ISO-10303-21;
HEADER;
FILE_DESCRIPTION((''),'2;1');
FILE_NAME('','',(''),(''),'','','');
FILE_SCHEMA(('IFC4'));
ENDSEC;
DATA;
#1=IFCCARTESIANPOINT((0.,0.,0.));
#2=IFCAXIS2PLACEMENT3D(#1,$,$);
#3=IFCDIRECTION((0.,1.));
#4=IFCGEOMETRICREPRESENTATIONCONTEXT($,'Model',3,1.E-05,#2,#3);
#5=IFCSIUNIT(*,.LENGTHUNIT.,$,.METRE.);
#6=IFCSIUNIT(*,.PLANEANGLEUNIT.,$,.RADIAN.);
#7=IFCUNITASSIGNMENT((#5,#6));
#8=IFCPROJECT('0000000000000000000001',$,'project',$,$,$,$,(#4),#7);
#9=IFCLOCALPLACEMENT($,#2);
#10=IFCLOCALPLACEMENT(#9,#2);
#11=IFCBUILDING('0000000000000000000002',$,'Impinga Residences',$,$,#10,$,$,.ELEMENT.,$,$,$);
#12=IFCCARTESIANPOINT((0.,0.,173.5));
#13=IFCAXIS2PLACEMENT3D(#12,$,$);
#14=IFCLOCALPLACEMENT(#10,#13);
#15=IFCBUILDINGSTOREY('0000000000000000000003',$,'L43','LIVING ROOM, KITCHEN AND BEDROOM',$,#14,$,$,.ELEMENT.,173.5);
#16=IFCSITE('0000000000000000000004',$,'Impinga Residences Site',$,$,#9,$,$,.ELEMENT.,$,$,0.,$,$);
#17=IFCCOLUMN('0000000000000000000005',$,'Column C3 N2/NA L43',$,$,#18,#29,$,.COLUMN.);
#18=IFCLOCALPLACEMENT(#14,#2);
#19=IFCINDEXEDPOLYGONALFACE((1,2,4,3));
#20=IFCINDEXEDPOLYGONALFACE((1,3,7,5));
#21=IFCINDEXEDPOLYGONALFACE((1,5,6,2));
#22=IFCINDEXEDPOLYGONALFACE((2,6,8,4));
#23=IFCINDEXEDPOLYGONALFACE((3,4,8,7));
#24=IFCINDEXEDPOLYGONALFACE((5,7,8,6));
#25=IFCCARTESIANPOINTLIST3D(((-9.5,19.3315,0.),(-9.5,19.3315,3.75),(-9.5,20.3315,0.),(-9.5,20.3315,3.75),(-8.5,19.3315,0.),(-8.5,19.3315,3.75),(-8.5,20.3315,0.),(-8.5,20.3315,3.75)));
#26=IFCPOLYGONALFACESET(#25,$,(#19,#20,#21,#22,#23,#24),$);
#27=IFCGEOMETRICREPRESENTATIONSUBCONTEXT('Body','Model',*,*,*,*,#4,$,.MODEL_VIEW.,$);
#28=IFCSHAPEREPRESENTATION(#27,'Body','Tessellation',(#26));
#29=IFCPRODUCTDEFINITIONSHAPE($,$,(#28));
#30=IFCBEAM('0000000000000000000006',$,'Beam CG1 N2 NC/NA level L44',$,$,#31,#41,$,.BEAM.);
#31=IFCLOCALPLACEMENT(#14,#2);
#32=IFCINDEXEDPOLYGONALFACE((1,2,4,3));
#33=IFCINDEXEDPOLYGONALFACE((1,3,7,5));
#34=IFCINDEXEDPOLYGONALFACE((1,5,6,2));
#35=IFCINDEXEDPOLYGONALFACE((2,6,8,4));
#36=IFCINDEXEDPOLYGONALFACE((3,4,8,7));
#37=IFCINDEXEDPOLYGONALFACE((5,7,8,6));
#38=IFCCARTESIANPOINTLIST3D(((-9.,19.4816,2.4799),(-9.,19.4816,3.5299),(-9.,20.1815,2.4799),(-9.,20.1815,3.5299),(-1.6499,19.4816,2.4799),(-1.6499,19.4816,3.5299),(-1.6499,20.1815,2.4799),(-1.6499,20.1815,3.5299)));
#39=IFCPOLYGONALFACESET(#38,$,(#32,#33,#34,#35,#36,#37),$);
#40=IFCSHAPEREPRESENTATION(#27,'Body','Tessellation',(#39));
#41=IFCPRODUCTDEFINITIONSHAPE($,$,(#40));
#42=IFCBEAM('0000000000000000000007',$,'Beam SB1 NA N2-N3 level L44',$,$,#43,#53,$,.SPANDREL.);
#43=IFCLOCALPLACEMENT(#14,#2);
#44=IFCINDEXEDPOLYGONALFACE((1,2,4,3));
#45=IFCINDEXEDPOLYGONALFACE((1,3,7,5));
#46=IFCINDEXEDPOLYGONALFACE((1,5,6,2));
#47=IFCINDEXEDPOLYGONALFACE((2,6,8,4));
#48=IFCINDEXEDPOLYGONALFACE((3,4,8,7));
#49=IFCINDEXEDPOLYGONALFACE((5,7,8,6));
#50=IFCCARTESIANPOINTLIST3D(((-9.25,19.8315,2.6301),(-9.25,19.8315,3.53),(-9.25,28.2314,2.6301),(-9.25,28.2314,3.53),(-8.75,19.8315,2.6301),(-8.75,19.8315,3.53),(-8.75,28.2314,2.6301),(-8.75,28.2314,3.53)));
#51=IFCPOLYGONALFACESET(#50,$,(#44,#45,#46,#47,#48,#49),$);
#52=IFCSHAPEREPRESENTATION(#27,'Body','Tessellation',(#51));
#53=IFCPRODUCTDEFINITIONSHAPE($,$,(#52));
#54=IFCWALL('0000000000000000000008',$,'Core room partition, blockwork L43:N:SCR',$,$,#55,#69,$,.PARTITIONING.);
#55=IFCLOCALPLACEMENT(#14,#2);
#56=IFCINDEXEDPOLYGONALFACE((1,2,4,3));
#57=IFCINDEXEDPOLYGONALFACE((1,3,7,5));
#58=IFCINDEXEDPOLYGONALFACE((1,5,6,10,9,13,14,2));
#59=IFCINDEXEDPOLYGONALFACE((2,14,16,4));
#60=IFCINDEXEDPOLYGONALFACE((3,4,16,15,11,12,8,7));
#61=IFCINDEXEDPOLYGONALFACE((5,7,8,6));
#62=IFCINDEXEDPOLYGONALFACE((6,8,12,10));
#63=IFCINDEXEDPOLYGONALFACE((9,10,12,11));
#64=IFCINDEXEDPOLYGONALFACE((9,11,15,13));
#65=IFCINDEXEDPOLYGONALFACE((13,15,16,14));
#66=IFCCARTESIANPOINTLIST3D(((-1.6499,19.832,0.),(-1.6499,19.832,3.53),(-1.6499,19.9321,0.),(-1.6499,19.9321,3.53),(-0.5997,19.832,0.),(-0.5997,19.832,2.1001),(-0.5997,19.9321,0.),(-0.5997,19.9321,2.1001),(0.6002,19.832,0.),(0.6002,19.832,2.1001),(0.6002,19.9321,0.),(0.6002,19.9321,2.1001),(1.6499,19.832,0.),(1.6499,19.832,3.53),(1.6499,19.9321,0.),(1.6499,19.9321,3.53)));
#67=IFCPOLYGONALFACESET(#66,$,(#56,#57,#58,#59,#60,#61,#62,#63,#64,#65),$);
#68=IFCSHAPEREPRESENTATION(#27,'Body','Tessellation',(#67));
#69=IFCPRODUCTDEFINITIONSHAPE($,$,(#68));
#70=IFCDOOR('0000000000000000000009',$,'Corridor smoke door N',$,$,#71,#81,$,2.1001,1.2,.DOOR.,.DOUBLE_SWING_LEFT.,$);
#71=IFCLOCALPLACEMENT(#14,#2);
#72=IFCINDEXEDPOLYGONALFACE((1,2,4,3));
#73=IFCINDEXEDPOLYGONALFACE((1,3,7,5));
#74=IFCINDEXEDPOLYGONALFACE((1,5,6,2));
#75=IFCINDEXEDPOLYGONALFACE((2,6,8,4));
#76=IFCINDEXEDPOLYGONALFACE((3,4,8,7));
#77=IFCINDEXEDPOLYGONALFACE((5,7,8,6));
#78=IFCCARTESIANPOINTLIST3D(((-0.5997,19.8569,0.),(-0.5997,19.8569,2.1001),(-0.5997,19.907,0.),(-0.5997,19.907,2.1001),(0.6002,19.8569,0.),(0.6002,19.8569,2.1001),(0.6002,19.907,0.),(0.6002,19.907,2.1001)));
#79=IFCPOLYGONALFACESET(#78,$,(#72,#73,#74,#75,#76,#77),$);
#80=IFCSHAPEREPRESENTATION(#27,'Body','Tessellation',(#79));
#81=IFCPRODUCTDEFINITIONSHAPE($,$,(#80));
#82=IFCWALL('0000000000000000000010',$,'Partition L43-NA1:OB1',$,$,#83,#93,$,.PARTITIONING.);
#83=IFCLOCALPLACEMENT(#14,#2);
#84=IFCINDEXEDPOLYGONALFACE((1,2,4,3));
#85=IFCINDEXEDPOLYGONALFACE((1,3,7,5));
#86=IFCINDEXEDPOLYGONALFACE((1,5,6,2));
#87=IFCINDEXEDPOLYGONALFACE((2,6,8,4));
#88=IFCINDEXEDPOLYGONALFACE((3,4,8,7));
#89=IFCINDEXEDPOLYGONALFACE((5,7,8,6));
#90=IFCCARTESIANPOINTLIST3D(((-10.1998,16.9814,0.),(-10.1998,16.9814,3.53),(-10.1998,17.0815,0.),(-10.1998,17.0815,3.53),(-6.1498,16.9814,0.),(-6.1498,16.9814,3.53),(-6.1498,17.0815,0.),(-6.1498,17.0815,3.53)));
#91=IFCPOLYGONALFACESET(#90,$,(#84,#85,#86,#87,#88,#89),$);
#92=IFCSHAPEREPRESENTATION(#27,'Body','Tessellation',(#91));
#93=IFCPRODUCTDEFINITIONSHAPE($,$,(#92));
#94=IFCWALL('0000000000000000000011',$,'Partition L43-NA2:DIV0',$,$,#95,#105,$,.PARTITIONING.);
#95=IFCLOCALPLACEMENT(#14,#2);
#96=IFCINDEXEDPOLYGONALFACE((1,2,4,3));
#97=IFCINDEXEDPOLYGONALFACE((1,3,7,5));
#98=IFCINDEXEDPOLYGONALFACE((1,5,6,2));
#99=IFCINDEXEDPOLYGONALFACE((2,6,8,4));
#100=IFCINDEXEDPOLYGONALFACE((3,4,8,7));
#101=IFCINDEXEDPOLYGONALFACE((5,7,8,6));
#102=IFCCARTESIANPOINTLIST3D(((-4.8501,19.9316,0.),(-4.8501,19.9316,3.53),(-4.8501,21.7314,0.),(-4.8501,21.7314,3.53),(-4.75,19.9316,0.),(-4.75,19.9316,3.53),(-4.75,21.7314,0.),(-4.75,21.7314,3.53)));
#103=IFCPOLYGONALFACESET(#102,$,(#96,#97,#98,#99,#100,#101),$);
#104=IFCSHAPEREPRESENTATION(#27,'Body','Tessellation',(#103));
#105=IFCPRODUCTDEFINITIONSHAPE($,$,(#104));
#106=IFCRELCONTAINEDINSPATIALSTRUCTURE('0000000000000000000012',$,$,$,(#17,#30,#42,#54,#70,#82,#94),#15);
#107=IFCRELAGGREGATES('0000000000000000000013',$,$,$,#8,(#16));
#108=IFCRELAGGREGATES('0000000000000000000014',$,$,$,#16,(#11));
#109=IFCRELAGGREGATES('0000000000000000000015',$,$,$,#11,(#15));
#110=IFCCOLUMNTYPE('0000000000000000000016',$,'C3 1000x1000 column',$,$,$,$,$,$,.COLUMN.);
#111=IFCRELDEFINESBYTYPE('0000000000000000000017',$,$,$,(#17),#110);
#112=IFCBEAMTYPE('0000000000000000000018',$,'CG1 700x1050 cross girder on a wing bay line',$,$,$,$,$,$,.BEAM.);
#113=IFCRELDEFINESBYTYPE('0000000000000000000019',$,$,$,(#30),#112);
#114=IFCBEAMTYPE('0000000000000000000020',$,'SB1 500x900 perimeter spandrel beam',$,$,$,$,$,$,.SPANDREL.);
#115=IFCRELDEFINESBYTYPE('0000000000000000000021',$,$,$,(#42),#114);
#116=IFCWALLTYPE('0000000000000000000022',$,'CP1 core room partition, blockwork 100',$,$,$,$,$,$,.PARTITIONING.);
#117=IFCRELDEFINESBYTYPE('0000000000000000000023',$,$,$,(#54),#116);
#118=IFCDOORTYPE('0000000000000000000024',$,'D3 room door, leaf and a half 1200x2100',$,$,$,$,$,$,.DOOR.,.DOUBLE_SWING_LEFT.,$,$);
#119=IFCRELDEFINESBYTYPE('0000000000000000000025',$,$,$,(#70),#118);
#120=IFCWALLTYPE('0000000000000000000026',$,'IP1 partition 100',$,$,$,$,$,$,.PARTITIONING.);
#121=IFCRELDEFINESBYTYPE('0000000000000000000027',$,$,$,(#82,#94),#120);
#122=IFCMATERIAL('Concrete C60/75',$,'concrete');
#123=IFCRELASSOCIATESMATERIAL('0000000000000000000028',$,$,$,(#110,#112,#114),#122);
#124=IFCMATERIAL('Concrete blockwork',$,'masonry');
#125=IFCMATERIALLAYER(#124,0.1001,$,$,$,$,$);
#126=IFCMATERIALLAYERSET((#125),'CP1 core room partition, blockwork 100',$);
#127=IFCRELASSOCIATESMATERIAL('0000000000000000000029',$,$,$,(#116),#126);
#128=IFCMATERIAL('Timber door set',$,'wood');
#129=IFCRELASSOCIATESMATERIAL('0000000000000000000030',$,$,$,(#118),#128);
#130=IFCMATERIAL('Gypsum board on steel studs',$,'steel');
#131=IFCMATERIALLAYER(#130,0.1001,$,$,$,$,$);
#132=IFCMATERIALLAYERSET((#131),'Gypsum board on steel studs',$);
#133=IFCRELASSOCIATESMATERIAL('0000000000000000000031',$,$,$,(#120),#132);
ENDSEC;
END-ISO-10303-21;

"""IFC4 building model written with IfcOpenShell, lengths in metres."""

from ifc_helpers import new_model, si_unit, direction, frame, frame_2d, origin, origin_2d, place, context, subcontext, project, spatial, rectangle, extrude, material, layer, layer_set, material_profile, profile_set, type_object, element, fill, save


model = new_model("IFC4")

# Units and contexts
model_context = context("Model", 3, precision=1e-05, world=origin(), true_north=direction((0.0, 1.0)))
body_context = subcontext(model_context, "Body", "Model", "MODEL_VIEW")
ifc_project = project(units=[si_unit("LENGTHUNIT", "METRE"), si_unit("PLANEANGLEUNIT", "RADIAN")], contexts=[model_context])

# Site, building, storey
site_placement = place(None, origin())
site = spatial("IfcSite", under=ifc_project, at=site_placement, Name="Impinga Residences Site", CompositionType="ELEMENT", RefElevation=0.0)
building_placement = place(site_placement, origin())
building = spatial("IfcBuilding", under=site, at=building_placement, Name="Impinga Residences", CompositionType="ELEMENT")
storey_placement = place(building_placement, frame((0.0, 0.0, 173.5)))
storey = spatial("IfcBuildingStorey", under=building, at=storey_placement, Name="L43", Description="LIVING ROOM, KITCHEN AND BEDROOM", CompositionType="ELEMENT", Elevation=173.5)

# Column
ifc_material_1 = material(Name="Concrete C60/75", Category="concrete")
ifc_material_profile_1 = material_profile(ifc_material_1, rectangle(XDim=1.0, YDim=1.0, at=origin_2d()), Name="RC 1000x1000")
ifc_profile_set_1 = profile_set([ifc_material_profile_1], Name="Concrete C60/75")
column_type = type_object("IfcColumnType", Name="C3 1000x1000 column", PredefinedType="COLUMN", material=ifc_profile_set_1)
column_placement = place(storey_placement, frame((-9.0, 19.8315, 0.0), z_axis=(0.0, 0.0, 1.0), x_axis=(1.0, 0.0, 0.0)))
element("IfcColumn", 1, at=column_placement, inside=storey, type_object=column_type, Name="Column C3 N2/NA L43", PredefinedType="COLUMN", context=body_context, shape_type="SweptSolid", body=[
    extrude(rectangle(XDim=1.0, YDim=1.0, at=origin_2d()), origin(), (0.0, 0.0, 1.0), 3.75),
])

# Beams
ifc_material_profile_2 = material_profile(ifc_material_1, rectangle(XDim=0.7, YDim=1.05, at=origin_2d()), Name="RC 700x1050")
ifc_profile_set_2 = profile_set([ifc_material_profile_2], Name="Concrete C60/75")
beam_type_1 = type_object("IfcBeamType", Name="CG1 700x1050 cross girder on a wing bay line", PredefinedType="BEAM", material=ifc_profile_set_2)
beam_1_placement = place(storey_placement, frame((-1.6499, 19.8315, 3.0049), z_axis=(-1.0, 0.0, 0.0), x_axis=(0.0, -1.0, 0.0)))
element("IfcBeam", 2, at=beam_1_placement, inside=storey, type_object=beam_type_1, Name="Beam CG1 N2 NC/NA level L44", PredefinedType="BEAM", context=body_context, shape_type="SweptSolid", body=[
    extrude(rectangle(XDim=0.7, YDim=1.05, at=origin_2d()), origin(), (0.0, 0.0, 1.0), 7.3501),
])
ifc_material_profile_3 = material_profile(ifc_material_1, rectangle(XDim=0.5, YDim=0.8999, at=origin_2d()), Name="RC 500x900")
ifc_profile_set_3 = profile_set([ifc_material_profile_3], Name="Concrete C60/75")
beam_type_2 = type_object("IfcBeamType", Name="SB1 500x900 perimeter spandrel beam", PredefinedType="SPANDREL", material=ifc_profile_set_3)
beam_2_placement = place(storey_placement, frame((-9.0, 19.8315, 3.0801), z_axis=(0.0, 1.0, 0.0), x_axis=(-1.0, 0.0, 0.0)))
element("IfcBeam", 3, at=beam_2_placement, inside=storey, type_object=beam_type_2, Name="Beam SB1 NA N2-N3 level L44", PredefinedType="SPANDREL", context=body_context, shape_type="SweptSolid", body=[
    extrude(rectangle(XDim=0.5, YDim=0.8999, at=origin_2d()), origin(), (0.0, 0.0, 1.0), 8.3999),
])

# Wall, opening, door
ifc_material_2 = material(Name="Concrete blockwork", Category="masonry")
ifc_layer_1 = layer(ifc_material_2, 0.1001)
ifc_layer_set_1 = layer_set([ifc_layer_1], Name="CP1 core room partition, blockwork 100")
wall_type_1 = type_object("IfcWallType", Name="CP1 core room partition, blockwork 100", PredefinedType="PARTITIONING", material=ifc_layer_set_1)
wall_1_placement = place(storey_placement, frame((-1.6499, 19.8821, 0.0), z_axis=(0.0, 0.0, 1.0), x_axis=(1.0, 0.0, 0.0)))
wall_1 = element("IfcWall", 4, at=wall_1_placement, inside=storey, type_object=wall_type_1, Name="Core room partition, blockwork L43:N:SCR", PredefinedType="PARTITIONING", context=body_context, shape_type="SweptSolid", body=[
    extrude(rectangle(XDim=3.2998, YDim=0.1001, at=frame_2d((1.6499, 0.0))), origin(), (0.0, 0.0, 1.0), 3.53),
])
opening_1_placement = place(wall_1_placement, frame((1.05, 0.0, 0.0)))
opening_1 = element("IfcOpeningElement", 5, at=opening_1_placement, cuts=wall_1, PredefinedType="OPENING", context=body_context, shape_type="SweptSolid", body=[
    extrude(rectangle(XDim=1.2, YDim=2.1001, at=frame_2d((0.6001, 1.05))), frame((0.0, 0.0601, 0.0), z_axis=(0.0, -1.0, 0.0), x_axis=(1.0, 0.0, 0.0)), (0.0, 0.0, 1.0), 0.1201),
])
ifc_material_3 = material(Name="Timber door set", Category="wood")
door_type_1 = type_object("IfcDoorType", Name="D3 room door, leaf and a half 1200x2100", OperationType="DOUBLE_SWING_LEFT", PredefinedType="DOOR", material=ifc_material_3)
door_1_placement = place(opening_1_placement, origin())
door_1 = element("IfcDoor", 6, at=door_1_placement, inside=storey, type_object=door_type_1, Name="Corridor smoke door N", OperationType="DOUBLE_SWING_LEFT", OverallHeight=2.1001, OverallWidth=1.2, PredefinedType="DOOR", context=body_context, shape_type="SweptSolid", body=[
    extrude(rectangle(XDim=1.2, YDim=2.1001, at=frame_2d((0.6001, 1.05))), frame((0.0, 0.0249, 0.0), z_axis=(0.0, -1.0, 0.0), x_axis=(1.0, 0.0, 0.0)), (0.0, 0.0, 1.0), 0.05),
])
fill(opening_1, door_1)

# Walls
ifc_material_4 = material(Name="Gypsum board on steel studs", Category="steel")
ifc_layer_2 = layer(ifc_material_4, 0.1001)
ifc_layer_set_2 = layer_set([ifc_layer_2], Name="Gypsum board on steel studs")
wall_type_2 = type_object("IfcWallType", Name="IP1 partition 100", PredefinedType="PARTITIONING", material=ifc_layer_set_2)
wall_2_placement = place(storey_placement, frame((-6.1499, 17.0315, 0.0), z_axis=(0.0, 0.0, 1.0), x_axis=(-1.0, 0.0, 0.0)))
element("IfcWall", 7, at=wall_2_placement, inside=storey, type_object=wall_type_2, Name="Partition L43-NA1:OB1", PredefinedType="PARTITIONING", context=body_context, shape_type="SweptSolid", body=[
    extrude(rectangle(XDim=4.05, YDim=0.1001, at=frame_2d((2.0249, 0.0))), origin(), (0.0, 0.0, 1.0), 3.53),
])
wall_3_placement = place(storey_placement, frame((-4.8, 19.9316, 0.0), z_axis=(0.0, 0.0, 1.0), x_axis=(0.0, 1.0, 0.0)))
element("IfcWall", 8, at=wall_3_placement, inside=storey, type_object=wall_type_2, Name="Partition L43-NA2:DIV0", PredefinedType="PARTITIONING", context=body_context, shape_type="SweptSolid", body=[
    extrude(rectangle(XDim=1.7998, YDim=0.1001, at=frame_2d((0.8999, 0.0))), origin(), (0.0, 0.0, 1.0), 3.53),
])

save(model, "model.ifc")
